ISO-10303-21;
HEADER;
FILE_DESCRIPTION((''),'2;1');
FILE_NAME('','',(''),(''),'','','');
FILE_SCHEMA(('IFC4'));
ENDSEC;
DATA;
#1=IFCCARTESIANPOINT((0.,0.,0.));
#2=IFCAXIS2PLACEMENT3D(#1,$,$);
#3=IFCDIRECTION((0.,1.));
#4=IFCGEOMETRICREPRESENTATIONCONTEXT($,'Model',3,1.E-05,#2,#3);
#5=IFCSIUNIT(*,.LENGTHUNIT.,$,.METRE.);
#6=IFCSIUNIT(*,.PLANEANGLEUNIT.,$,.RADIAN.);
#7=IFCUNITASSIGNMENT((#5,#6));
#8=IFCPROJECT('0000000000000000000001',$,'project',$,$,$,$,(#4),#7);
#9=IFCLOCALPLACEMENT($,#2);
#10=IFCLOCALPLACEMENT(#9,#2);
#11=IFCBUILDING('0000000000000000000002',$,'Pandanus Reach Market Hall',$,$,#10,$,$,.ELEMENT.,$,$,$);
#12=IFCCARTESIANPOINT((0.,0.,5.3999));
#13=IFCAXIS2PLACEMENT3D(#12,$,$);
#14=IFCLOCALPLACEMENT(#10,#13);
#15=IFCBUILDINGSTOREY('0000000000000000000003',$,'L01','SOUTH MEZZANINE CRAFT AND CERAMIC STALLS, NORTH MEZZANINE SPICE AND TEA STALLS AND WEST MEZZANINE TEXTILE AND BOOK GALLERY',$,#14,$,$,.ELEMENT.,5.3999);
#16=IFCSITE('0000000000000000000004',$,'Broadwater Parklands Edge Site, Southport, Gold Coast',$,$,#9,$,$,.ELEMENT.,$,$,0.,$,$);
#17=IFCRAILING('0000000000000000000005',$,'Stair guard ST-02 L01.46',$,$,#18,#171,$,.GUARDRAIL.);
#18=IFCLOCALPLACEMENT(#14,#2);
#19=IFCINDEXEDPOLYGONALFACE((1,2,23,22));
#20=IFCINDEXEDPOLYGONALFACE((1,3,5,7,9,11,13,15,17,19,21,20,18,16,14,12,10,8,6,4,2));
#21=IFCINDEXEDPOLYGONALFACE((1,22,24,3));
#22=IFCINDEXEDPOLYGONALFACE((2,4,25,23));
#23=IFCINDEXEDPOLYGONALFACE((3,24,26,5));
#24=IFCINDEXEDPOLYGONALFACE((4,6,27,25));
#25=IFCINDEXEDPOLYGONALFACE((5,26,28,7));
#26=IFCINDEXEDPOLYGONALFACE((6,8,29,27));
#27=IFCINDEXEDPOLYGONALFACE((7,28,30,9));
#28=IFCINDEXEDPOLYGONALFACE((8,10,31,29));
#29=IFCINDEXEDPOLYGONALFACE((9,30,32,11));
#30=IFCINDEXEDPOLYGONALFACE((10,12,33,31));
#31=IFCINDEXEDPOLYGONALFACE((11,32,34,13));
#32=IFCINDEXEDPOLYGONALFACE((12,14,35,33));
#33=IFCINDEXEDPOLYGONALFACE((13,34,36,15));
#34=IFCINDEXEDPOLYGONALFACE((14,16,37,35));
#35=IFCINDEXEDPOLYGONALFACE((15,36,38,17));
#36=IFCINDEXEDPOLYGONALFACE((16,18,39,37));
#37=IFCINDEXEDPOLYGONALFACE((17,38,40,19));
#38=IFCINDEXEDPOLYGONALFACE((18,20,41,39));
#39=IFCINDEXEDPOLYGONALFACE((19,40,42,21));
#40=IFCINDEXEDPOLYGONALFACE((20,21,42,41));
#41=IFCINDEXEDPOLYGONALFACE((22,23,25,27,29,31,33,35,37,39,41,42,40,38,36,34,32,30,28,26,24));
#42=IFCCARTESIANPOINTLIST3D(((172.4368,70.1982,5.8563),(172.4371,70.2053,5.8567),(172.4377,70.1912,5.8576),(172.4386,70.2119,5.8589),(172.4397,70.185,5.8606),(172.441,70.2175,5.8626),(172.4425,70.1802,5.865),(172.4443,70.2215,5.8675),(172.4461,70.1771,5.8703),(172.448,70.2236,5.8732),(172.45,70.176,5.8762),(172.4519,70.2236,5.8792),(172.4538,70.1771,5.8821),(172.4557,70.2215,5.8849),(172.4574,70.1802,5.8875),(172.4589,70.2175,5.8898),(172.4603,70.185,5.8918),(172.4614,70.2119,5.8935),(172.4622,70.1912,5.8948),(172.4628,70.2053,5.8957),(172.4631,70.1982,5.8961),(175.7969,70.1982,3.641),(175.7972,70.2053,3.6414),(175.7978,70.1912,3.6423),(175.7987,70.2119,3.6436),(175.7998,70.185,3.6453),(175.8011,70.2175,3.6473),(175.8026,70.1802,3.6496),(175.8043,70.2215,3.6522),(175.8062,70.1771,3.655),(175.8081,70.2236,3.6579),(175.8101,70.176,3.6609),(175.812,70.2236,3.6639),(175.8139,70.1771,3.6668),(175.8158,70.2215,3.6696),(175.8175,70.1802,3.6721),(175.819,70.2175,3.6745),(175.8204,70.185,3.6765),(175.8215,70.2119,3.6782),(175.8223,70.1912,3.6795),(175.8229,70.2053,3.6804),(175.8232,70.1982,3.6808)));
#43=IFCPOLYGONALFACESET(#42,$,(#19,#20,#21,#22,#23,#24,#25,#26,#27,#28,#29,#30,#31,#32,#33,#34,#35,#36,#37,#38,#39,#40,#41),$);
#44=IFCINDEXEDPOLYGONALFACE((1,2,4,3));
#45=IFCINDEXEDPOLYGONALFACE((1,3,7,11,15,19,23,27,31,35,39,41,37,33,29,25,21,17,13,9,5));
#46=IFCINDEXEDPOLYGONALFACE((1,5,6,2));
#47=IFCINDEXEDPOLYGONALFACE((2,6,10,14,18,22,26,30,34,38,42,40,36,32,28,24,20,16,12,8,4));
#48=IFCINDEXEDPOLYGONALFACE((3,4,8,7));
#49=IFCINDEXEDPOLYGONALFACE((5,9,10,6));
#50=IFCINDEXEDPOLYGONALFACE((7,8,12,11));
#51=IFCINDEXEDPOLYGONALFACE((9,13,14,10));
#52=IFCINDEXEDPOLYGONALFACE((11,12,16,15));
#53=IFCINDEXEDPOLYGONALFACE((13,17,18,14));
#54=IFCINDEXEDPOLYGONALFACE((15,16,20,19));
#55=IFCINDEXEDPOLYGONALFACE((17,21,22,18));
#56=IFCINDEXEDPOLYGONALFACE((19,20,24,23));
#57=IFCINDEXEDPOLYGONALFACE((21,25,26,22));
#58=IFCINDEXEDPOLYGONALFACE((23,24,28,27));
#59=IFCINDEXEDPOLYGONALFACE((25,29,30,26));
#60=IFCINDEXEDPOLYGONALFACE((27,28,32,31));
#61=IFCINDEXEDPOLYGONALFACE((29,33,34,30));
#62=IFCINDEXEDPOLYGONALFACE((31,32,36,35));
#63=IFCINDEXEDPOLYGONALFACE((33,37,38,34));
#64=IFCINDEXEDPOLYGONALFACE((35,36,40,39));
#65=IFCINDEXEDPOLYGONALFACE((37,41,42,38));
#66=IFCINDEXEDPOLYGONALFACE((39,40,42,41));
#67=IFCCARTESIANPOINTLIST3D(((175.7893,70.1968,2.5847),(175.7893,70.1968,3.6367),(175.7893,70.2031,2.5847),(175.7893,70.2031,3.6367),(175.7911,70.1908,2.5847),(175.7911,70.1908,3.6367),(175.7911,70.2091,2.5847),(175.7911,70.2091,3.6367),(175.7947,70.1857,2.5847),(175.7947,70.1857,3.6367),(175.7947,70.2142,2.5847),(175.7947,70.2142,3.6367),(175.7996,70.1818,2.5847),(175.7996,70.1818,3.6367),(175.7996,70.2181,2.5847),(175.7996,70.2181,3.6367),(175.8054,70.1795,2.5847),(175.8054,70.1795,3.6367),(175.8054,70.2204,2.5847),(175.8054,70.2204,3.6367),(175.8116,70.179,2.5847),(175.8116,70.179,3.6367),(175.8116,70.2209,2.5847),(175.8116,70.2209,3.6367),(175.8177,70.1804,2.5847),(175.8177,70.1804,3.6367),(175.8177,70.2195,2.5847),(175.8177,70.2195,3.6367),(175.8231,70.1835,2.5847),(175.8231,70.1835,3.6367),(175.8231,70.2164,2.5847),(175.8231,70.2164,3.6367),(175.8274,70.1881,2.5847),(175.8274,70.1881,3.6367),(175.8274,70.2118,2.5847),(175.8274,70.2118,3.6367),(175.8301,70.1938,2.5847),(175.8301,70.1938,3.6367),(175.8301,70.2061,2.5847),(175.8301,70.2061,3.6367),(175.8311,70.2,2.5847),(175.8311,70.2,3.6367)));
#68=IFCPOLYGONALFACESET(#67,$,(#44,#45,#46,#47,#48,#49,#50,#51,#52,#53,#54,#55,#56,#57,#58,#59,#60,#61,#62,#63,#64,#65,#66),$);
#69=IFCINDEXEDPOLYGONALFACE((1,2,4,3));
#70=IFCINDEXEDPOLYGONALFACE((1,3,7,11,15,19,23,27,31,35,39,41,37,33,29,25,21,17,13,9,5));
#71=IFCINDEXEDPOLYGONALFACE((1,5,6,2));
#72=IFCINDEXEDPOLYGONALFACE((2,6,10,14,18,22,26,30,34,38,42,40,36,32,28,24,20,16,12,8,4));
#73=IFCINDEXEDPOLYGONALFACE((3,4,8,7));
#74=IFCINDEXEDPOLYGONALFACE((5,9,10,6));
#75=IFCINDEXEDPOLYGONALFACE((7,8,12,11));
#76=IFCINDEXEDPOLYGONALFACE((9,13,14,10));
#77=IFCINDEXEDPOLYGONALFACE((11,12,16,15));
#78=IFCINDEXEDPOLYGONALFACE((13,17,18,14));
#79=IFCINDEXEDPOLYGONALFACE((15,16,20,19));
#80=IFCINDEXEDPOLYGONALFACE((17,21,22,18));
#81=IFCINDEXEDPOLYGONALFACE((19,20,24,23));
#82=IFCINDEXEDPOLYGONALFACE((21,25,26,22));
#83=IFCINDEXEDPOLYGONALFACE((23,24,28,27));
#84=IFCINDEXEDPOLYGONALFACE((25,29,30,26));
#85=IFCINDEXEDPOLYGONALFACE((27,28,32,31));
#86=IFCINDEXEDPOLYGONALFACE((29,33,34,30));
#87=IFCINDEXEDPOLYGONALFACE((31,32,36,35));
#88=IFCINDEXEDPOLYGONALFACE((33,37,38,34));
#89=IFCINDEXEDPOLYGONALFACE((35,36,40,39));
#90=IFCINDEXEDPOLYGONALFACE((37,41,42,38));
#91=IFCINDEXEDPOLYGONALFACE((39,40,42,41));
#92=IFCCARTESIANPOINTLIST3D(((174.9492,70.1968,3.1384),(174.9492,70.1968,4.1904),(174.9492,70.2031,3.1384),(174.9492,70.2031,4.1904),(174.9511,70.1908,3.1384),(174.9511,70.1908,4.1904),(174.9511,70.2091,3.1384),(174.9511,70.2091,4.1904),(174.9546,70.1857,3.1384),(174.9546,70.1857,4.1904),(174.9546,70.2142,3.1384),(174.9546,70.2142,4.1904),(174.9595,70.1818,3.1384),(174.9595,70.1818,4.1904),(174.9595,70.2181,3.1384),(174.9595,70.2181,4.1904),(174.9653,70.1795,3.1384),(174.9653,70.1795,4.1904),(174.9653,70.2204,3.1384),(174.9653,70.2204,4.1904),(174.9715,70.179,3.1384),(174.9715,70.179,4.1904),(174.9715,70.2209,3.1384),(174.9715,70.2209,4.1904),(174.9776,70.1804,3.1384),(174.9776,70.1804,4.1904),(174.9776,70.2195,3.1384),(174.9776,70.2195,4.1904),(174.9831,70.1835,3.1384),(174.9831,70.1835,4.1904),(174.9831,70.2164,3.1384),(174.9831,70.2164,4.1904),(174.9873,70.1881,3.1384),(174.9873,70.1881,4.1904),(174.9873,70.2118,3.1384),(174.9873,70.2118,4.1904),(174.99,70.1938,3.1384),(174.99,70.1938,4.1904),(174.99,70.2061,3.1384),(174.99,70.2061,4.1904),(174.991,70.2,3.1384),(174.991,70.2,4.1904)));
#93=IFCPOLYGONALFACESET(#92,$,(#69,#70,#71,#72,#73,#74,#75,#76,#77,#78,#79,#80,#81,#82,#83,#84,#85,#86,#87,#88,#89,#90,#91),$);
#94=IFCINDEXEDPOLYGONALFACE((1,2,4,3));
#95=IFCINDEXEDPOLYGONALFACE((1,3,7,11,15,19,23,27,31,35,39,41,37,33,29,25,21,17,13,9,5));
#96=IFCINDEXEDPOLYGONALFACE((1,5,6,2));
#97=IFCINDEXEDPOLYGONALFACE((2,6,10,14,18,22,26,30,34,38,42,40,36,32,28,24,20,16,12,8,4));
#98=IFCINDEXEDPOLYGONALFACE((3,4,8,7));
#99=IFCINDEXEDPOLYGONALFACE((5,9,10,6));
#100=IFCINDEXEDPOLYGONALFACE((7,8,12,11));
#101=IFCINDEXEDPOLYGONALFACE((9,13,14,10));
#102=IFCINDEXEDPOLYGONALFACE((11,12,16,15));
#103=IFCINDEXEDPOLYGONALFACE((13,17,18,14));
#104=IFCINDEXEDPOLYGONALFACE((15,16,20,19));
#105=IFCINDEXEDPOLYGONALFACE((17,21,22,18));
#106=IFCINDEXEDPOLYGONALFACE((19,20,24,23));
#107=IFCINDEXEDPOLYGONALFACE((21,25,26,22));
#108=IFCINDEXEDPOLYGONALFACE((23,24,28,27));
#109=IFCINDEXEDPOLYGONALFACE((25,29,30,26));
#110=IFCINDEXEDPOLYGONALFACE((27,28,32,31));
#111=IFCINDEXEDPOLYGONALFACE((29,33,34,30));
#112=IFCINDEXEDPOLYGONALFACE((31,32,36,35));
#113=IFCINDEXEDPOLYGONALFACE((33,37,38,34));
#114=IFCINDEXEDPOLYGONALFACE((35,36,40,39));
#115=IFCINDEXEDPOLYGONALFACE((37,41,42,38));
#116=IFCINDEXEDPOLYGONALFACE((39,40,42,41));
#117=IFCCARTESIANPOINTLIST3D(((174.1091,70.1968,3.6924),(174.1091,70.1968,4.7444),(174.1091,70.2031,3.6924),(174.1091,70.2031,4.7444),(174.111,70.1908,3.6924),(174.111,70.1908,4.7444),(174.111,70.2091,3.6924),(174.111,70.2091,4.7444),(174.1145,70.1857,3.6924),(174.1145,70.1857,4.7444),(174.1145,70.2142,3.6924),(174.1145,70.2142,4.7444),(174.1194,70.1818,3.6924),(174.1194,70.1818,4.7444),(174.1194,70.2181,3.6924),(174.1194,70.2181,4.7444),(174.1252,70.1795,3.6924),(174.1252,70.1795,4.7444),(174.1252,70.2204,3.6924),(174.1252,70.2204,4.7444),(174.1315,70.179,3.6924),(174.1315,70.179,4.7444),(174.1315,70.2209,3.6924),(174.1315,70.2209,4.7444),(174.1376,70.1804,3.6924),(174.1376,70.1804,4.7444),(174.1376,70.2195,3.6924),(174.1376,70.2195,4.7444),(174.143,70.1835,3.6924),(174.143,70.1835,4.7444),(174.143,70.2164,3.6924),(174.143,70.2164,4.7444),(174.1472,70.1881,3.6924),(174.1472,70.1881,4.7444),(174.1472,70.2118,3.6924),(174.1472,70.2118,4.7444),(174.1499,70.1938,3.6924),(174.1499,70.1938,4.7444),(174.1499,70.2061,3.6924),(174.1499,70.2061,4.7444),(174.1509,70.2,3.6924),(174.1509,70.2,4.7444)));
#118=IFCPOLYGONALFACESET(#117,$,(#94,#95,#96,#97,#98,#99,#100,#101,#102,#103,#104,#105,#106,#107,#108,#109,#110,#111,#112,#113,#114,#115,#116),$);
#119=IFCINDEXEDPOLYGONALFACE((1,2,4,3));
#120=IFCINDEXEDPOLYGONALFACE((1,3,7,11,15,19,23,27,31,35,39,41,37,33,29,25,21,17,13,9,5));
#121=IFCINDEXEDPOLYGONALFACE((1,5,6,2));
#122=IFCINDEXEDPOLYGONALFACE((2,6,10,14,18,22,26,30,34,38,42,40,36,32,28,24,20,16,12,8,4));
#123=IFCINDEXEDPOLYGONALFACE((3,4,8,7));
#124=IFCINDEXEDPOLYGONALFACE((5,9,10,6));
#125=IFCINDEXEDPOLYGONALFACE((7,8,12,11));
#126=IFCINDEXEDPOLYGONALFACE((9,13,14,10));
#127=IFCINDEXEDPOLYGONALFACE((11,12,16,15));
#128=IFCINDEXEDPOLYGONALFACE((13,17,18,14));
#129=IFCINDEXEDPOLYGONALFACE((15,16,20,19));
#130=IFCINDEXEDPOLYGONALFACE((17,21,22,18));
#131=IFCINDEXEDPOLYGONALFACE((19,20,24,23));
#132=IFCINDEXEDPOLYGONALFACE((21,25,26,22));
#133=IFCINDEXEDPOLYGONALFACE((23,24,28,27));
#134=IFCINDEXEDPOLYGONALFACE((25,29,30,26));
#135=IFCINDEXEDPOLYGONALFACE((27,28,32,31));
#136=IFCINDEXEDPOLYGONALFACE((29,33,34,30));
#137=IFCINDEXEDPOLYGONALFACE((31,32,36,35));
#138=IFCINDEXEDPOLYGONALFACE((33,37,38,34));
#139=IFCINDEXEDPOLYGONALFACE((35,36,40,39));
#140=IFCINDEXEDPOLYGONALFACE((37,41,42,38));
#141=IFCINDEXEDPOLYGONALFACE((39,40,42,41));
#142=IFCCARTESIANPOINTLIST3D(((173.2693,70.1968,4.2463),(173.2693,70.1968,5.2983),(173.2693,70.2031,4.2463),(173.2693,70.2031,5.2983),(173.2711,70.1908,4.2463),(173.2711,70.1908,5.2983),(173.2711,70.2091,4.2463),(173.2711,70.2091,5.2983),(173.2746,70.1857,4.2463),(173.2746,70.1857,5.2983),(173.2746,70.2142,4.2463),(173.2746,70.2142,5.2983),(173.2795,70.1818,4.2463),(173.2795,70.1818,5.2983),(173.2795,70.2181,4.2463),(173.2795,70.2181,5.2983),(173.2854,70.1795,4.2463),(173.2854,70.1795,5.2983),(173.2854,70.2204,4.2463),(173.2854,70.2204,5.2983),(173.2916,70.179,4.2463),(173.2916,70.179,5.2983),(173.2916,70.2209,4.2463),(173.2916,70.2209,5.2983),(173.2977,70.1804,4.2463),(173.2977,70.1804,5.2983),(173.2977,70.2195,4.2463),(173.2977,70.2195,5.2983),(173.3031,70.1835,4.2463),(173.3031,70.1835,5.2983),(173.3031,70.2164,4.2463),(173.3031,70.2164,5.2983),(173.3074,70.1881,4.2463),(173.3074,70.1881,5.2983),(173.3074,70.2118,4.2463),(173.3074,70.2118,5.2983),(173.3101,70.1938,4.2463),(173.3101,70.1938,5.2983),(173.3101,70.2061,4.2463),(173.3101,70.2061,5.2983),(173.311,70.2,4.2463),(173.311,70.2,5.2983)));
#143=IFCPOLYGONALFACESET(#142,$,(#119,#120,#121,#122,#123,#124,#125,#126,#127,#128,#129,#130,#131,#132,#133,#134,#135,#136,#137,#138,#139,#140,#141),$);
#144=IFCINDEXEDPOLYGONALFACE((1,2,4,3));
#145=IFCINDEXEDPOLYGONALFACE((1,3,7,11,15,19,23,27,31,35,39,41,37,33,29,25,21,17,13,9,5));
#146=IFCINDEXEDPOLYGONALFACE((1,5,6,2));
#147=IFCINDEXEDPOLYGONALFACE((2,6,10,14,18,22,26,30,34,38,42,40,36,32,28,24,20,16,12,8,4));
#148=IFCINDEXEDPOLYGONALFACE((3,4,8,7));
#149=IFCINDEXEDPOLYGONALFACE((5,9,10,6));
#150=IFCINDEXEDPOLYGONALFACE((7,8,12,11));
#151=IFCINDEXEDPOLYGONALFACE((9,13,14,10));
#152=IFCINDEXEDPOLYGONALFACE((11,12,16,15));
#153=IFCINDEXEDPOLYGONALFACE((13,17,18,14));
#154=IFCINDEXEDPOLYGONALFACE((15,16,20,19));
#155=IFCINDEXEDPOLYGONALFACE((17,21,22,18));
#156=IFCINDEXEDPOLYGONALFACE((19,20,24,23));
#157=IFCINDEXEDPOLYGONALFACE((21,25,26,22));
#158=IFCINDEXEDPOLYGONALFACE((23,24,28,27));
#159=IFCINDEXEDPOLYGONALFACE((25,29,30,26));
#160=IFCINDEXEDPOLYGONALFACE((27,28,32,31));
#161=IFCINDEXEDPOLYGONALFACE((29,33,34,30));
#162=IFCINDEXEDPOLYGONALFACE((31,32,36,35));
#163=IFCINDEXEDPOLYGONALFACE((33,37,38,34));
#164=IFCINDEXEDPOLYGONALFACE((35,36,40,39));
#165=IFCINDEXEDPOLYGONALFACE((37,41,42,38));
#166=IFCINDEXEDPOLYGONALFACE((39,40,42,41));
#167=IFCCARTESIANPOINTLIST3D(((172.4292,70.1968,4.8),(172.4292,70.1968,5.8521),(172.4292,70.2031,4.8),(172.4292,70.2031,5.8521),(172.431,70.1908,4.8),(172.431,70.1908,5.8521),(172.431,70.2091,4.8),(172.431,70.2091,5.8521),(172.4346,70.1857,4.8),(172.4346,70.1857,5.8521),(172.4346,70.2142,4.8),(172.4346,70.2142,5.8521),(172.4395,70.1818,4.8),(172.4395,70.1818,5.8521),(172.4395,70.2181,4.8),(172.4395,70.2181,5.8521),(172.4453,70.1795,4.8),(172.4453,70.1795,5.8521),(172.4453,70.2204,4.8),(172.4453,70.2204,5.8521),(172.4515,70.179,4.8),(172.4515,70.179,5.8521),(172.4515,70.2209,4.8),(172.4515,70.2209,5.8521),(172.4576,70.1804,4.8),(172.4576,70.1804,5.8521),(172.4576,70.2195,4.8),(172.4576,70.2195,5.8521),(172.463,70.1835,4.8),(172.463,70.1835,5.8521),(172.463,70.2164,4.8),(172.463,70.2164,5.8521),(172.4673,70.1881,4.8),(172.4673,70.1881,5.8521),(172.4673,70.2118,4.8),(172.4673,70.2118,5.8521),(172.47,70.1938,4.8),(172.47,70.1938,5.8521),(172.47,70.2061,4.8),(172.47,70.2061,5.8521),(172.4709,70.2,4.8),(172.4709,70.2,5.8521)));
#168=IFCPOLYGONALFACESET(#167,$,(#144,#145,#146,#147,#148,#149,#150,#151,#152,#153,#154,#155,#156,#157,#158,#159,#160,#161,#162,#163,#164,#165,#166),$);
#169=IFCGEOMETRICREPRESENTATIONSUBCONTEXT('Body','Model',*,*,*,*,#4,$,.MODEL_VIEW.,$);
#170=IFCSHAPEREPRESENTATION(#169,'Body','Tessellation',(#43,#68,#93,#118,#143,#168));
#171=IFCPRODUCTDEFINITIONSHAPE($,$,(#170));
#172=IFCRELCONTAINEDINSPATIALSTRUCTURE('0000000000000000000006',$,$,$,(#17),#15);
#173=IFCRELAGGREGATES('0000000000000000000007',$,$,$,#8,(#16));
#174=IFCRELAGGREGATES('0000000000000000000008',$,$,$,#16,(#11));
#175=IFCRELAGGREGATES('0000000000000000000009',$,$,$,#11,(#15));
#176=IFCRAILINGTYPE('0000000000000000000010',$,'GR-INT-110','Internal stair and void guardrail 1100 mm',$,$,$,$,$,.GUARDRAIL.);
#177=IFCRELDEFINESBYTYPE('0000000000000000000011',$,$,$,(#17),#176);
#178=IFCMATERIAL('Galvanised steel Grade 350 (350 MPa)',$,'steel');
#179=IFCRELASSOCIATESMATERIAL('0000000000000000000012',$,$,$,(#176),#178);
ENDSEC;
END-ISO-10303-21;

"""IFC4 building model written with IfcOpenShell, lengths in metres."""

from ifc_helpers import new_model, si_unit, direction, frame, origin, origin_2d, place, context, subcontext, project, spatial, circle, extrude, material, type_object, element, save


model = new_model("IFC4")

# Units and contexts
model_context = context("Model", 3, precision=1e-05, world=origin(), true_north=direction((0.0, 1.0)))
body_context = subcontext(model_context, "Body", "Model", "MODEL_VIEW")
ifc_project = project(units=[si_unit("LENGTHUNIT", "METRE"), si_unit("PLANEANGLEUNIT", "RADIAN")], contexts=[model_context])

# Site, building, storey
site_placement = place(None, origin())
site = spatial("IfcSite", under=ifc_project, at=site_placement, Name="Broadwater Parklands Edge Site, Southport, Gold Coast", CompositionType="ELEMENT", RefElevation=0.0)
building_placement = place(site_placement, origin())
building = spatial("IfcBuilding", under=site, at=building_placement, Name="Pandanus Reach Market Hall", CompositionType="ELEMENT")
storey_placement = place(building_placement, frame((0.0, 0.0, 5.3999)))
storey = spatial("IfcBuildingStorey", under=building, at=storey_placement, Name="L01", Description="SOUTH MEZZANINE CRAFT AND CERAMIC STALLS, NORTH MEZZANINE SPICE AND TEA STALLS AND WEST MEZZANINE TEXTILE AND BOOK GALLERY", CompositionType="ELEMENT", Elevation=5.3999)

# Railing
ifc_material_1 = material(Name="Galvanised steel Grade 350 (350 MPa)", Category="steel")
railing_type_1 = type_object("IfcRailingType", Name="GR-INT-110", Description="Internal stair and void guardrail 1100 mm", PredefinedType="GUARDRAIL", material=ifc_material_1)
railing_1_placement = place(storey_placement, frame((175.8101, 70.2, 2.5847)))
element("IfcRailing", 1, at=railing_1_placement, inside=storey, type_object=railing_type_1, Name="Stair guard ST-02 L01.46", PredefinedType="GUARDRAIL", context=body_context, shape_type="SweptSolid", body=[
    extrude(circle(Radius=0.0239, at=origin_2d()), frame((0.0, 0.0, 1.0762), z_axis=(-0.834876, 0.0, 0.550437), x_axis=(0.0, -1.0, 0.0)), (0.0, 0.0, 1.0), 4.0247),
    extrude(circle(Radius=0.021, at=origin_2d()), origin(), (0.0, 0.0, 1.0), 1.052),
    extrude(circle(Radius=0.021, at=origin_2d()), frame((-0.8401, 0.0, 0.5537)), (0.0, 0.0, 1.0), 1.052),
    extrude(circle(Radius=0.021, at=origin_2d()), frame((-1.6802, 0.0, 1.1077)), (0.0, 0.0, 1.0), 1.052),
    extrude(circle(Radius=0.021, at=origin_2d()), frame((-2.52, 0.0, 1.6616)), (0.0, 0.0, 1.0), 1.052),
    extrude(circle(Radius=0.021, at=origin_2d()), frame((-3.3601, 0.0, 2.2153)), (0.0, 0.0, 1.0), 1.052),
])

save(model, "model.ifc")
